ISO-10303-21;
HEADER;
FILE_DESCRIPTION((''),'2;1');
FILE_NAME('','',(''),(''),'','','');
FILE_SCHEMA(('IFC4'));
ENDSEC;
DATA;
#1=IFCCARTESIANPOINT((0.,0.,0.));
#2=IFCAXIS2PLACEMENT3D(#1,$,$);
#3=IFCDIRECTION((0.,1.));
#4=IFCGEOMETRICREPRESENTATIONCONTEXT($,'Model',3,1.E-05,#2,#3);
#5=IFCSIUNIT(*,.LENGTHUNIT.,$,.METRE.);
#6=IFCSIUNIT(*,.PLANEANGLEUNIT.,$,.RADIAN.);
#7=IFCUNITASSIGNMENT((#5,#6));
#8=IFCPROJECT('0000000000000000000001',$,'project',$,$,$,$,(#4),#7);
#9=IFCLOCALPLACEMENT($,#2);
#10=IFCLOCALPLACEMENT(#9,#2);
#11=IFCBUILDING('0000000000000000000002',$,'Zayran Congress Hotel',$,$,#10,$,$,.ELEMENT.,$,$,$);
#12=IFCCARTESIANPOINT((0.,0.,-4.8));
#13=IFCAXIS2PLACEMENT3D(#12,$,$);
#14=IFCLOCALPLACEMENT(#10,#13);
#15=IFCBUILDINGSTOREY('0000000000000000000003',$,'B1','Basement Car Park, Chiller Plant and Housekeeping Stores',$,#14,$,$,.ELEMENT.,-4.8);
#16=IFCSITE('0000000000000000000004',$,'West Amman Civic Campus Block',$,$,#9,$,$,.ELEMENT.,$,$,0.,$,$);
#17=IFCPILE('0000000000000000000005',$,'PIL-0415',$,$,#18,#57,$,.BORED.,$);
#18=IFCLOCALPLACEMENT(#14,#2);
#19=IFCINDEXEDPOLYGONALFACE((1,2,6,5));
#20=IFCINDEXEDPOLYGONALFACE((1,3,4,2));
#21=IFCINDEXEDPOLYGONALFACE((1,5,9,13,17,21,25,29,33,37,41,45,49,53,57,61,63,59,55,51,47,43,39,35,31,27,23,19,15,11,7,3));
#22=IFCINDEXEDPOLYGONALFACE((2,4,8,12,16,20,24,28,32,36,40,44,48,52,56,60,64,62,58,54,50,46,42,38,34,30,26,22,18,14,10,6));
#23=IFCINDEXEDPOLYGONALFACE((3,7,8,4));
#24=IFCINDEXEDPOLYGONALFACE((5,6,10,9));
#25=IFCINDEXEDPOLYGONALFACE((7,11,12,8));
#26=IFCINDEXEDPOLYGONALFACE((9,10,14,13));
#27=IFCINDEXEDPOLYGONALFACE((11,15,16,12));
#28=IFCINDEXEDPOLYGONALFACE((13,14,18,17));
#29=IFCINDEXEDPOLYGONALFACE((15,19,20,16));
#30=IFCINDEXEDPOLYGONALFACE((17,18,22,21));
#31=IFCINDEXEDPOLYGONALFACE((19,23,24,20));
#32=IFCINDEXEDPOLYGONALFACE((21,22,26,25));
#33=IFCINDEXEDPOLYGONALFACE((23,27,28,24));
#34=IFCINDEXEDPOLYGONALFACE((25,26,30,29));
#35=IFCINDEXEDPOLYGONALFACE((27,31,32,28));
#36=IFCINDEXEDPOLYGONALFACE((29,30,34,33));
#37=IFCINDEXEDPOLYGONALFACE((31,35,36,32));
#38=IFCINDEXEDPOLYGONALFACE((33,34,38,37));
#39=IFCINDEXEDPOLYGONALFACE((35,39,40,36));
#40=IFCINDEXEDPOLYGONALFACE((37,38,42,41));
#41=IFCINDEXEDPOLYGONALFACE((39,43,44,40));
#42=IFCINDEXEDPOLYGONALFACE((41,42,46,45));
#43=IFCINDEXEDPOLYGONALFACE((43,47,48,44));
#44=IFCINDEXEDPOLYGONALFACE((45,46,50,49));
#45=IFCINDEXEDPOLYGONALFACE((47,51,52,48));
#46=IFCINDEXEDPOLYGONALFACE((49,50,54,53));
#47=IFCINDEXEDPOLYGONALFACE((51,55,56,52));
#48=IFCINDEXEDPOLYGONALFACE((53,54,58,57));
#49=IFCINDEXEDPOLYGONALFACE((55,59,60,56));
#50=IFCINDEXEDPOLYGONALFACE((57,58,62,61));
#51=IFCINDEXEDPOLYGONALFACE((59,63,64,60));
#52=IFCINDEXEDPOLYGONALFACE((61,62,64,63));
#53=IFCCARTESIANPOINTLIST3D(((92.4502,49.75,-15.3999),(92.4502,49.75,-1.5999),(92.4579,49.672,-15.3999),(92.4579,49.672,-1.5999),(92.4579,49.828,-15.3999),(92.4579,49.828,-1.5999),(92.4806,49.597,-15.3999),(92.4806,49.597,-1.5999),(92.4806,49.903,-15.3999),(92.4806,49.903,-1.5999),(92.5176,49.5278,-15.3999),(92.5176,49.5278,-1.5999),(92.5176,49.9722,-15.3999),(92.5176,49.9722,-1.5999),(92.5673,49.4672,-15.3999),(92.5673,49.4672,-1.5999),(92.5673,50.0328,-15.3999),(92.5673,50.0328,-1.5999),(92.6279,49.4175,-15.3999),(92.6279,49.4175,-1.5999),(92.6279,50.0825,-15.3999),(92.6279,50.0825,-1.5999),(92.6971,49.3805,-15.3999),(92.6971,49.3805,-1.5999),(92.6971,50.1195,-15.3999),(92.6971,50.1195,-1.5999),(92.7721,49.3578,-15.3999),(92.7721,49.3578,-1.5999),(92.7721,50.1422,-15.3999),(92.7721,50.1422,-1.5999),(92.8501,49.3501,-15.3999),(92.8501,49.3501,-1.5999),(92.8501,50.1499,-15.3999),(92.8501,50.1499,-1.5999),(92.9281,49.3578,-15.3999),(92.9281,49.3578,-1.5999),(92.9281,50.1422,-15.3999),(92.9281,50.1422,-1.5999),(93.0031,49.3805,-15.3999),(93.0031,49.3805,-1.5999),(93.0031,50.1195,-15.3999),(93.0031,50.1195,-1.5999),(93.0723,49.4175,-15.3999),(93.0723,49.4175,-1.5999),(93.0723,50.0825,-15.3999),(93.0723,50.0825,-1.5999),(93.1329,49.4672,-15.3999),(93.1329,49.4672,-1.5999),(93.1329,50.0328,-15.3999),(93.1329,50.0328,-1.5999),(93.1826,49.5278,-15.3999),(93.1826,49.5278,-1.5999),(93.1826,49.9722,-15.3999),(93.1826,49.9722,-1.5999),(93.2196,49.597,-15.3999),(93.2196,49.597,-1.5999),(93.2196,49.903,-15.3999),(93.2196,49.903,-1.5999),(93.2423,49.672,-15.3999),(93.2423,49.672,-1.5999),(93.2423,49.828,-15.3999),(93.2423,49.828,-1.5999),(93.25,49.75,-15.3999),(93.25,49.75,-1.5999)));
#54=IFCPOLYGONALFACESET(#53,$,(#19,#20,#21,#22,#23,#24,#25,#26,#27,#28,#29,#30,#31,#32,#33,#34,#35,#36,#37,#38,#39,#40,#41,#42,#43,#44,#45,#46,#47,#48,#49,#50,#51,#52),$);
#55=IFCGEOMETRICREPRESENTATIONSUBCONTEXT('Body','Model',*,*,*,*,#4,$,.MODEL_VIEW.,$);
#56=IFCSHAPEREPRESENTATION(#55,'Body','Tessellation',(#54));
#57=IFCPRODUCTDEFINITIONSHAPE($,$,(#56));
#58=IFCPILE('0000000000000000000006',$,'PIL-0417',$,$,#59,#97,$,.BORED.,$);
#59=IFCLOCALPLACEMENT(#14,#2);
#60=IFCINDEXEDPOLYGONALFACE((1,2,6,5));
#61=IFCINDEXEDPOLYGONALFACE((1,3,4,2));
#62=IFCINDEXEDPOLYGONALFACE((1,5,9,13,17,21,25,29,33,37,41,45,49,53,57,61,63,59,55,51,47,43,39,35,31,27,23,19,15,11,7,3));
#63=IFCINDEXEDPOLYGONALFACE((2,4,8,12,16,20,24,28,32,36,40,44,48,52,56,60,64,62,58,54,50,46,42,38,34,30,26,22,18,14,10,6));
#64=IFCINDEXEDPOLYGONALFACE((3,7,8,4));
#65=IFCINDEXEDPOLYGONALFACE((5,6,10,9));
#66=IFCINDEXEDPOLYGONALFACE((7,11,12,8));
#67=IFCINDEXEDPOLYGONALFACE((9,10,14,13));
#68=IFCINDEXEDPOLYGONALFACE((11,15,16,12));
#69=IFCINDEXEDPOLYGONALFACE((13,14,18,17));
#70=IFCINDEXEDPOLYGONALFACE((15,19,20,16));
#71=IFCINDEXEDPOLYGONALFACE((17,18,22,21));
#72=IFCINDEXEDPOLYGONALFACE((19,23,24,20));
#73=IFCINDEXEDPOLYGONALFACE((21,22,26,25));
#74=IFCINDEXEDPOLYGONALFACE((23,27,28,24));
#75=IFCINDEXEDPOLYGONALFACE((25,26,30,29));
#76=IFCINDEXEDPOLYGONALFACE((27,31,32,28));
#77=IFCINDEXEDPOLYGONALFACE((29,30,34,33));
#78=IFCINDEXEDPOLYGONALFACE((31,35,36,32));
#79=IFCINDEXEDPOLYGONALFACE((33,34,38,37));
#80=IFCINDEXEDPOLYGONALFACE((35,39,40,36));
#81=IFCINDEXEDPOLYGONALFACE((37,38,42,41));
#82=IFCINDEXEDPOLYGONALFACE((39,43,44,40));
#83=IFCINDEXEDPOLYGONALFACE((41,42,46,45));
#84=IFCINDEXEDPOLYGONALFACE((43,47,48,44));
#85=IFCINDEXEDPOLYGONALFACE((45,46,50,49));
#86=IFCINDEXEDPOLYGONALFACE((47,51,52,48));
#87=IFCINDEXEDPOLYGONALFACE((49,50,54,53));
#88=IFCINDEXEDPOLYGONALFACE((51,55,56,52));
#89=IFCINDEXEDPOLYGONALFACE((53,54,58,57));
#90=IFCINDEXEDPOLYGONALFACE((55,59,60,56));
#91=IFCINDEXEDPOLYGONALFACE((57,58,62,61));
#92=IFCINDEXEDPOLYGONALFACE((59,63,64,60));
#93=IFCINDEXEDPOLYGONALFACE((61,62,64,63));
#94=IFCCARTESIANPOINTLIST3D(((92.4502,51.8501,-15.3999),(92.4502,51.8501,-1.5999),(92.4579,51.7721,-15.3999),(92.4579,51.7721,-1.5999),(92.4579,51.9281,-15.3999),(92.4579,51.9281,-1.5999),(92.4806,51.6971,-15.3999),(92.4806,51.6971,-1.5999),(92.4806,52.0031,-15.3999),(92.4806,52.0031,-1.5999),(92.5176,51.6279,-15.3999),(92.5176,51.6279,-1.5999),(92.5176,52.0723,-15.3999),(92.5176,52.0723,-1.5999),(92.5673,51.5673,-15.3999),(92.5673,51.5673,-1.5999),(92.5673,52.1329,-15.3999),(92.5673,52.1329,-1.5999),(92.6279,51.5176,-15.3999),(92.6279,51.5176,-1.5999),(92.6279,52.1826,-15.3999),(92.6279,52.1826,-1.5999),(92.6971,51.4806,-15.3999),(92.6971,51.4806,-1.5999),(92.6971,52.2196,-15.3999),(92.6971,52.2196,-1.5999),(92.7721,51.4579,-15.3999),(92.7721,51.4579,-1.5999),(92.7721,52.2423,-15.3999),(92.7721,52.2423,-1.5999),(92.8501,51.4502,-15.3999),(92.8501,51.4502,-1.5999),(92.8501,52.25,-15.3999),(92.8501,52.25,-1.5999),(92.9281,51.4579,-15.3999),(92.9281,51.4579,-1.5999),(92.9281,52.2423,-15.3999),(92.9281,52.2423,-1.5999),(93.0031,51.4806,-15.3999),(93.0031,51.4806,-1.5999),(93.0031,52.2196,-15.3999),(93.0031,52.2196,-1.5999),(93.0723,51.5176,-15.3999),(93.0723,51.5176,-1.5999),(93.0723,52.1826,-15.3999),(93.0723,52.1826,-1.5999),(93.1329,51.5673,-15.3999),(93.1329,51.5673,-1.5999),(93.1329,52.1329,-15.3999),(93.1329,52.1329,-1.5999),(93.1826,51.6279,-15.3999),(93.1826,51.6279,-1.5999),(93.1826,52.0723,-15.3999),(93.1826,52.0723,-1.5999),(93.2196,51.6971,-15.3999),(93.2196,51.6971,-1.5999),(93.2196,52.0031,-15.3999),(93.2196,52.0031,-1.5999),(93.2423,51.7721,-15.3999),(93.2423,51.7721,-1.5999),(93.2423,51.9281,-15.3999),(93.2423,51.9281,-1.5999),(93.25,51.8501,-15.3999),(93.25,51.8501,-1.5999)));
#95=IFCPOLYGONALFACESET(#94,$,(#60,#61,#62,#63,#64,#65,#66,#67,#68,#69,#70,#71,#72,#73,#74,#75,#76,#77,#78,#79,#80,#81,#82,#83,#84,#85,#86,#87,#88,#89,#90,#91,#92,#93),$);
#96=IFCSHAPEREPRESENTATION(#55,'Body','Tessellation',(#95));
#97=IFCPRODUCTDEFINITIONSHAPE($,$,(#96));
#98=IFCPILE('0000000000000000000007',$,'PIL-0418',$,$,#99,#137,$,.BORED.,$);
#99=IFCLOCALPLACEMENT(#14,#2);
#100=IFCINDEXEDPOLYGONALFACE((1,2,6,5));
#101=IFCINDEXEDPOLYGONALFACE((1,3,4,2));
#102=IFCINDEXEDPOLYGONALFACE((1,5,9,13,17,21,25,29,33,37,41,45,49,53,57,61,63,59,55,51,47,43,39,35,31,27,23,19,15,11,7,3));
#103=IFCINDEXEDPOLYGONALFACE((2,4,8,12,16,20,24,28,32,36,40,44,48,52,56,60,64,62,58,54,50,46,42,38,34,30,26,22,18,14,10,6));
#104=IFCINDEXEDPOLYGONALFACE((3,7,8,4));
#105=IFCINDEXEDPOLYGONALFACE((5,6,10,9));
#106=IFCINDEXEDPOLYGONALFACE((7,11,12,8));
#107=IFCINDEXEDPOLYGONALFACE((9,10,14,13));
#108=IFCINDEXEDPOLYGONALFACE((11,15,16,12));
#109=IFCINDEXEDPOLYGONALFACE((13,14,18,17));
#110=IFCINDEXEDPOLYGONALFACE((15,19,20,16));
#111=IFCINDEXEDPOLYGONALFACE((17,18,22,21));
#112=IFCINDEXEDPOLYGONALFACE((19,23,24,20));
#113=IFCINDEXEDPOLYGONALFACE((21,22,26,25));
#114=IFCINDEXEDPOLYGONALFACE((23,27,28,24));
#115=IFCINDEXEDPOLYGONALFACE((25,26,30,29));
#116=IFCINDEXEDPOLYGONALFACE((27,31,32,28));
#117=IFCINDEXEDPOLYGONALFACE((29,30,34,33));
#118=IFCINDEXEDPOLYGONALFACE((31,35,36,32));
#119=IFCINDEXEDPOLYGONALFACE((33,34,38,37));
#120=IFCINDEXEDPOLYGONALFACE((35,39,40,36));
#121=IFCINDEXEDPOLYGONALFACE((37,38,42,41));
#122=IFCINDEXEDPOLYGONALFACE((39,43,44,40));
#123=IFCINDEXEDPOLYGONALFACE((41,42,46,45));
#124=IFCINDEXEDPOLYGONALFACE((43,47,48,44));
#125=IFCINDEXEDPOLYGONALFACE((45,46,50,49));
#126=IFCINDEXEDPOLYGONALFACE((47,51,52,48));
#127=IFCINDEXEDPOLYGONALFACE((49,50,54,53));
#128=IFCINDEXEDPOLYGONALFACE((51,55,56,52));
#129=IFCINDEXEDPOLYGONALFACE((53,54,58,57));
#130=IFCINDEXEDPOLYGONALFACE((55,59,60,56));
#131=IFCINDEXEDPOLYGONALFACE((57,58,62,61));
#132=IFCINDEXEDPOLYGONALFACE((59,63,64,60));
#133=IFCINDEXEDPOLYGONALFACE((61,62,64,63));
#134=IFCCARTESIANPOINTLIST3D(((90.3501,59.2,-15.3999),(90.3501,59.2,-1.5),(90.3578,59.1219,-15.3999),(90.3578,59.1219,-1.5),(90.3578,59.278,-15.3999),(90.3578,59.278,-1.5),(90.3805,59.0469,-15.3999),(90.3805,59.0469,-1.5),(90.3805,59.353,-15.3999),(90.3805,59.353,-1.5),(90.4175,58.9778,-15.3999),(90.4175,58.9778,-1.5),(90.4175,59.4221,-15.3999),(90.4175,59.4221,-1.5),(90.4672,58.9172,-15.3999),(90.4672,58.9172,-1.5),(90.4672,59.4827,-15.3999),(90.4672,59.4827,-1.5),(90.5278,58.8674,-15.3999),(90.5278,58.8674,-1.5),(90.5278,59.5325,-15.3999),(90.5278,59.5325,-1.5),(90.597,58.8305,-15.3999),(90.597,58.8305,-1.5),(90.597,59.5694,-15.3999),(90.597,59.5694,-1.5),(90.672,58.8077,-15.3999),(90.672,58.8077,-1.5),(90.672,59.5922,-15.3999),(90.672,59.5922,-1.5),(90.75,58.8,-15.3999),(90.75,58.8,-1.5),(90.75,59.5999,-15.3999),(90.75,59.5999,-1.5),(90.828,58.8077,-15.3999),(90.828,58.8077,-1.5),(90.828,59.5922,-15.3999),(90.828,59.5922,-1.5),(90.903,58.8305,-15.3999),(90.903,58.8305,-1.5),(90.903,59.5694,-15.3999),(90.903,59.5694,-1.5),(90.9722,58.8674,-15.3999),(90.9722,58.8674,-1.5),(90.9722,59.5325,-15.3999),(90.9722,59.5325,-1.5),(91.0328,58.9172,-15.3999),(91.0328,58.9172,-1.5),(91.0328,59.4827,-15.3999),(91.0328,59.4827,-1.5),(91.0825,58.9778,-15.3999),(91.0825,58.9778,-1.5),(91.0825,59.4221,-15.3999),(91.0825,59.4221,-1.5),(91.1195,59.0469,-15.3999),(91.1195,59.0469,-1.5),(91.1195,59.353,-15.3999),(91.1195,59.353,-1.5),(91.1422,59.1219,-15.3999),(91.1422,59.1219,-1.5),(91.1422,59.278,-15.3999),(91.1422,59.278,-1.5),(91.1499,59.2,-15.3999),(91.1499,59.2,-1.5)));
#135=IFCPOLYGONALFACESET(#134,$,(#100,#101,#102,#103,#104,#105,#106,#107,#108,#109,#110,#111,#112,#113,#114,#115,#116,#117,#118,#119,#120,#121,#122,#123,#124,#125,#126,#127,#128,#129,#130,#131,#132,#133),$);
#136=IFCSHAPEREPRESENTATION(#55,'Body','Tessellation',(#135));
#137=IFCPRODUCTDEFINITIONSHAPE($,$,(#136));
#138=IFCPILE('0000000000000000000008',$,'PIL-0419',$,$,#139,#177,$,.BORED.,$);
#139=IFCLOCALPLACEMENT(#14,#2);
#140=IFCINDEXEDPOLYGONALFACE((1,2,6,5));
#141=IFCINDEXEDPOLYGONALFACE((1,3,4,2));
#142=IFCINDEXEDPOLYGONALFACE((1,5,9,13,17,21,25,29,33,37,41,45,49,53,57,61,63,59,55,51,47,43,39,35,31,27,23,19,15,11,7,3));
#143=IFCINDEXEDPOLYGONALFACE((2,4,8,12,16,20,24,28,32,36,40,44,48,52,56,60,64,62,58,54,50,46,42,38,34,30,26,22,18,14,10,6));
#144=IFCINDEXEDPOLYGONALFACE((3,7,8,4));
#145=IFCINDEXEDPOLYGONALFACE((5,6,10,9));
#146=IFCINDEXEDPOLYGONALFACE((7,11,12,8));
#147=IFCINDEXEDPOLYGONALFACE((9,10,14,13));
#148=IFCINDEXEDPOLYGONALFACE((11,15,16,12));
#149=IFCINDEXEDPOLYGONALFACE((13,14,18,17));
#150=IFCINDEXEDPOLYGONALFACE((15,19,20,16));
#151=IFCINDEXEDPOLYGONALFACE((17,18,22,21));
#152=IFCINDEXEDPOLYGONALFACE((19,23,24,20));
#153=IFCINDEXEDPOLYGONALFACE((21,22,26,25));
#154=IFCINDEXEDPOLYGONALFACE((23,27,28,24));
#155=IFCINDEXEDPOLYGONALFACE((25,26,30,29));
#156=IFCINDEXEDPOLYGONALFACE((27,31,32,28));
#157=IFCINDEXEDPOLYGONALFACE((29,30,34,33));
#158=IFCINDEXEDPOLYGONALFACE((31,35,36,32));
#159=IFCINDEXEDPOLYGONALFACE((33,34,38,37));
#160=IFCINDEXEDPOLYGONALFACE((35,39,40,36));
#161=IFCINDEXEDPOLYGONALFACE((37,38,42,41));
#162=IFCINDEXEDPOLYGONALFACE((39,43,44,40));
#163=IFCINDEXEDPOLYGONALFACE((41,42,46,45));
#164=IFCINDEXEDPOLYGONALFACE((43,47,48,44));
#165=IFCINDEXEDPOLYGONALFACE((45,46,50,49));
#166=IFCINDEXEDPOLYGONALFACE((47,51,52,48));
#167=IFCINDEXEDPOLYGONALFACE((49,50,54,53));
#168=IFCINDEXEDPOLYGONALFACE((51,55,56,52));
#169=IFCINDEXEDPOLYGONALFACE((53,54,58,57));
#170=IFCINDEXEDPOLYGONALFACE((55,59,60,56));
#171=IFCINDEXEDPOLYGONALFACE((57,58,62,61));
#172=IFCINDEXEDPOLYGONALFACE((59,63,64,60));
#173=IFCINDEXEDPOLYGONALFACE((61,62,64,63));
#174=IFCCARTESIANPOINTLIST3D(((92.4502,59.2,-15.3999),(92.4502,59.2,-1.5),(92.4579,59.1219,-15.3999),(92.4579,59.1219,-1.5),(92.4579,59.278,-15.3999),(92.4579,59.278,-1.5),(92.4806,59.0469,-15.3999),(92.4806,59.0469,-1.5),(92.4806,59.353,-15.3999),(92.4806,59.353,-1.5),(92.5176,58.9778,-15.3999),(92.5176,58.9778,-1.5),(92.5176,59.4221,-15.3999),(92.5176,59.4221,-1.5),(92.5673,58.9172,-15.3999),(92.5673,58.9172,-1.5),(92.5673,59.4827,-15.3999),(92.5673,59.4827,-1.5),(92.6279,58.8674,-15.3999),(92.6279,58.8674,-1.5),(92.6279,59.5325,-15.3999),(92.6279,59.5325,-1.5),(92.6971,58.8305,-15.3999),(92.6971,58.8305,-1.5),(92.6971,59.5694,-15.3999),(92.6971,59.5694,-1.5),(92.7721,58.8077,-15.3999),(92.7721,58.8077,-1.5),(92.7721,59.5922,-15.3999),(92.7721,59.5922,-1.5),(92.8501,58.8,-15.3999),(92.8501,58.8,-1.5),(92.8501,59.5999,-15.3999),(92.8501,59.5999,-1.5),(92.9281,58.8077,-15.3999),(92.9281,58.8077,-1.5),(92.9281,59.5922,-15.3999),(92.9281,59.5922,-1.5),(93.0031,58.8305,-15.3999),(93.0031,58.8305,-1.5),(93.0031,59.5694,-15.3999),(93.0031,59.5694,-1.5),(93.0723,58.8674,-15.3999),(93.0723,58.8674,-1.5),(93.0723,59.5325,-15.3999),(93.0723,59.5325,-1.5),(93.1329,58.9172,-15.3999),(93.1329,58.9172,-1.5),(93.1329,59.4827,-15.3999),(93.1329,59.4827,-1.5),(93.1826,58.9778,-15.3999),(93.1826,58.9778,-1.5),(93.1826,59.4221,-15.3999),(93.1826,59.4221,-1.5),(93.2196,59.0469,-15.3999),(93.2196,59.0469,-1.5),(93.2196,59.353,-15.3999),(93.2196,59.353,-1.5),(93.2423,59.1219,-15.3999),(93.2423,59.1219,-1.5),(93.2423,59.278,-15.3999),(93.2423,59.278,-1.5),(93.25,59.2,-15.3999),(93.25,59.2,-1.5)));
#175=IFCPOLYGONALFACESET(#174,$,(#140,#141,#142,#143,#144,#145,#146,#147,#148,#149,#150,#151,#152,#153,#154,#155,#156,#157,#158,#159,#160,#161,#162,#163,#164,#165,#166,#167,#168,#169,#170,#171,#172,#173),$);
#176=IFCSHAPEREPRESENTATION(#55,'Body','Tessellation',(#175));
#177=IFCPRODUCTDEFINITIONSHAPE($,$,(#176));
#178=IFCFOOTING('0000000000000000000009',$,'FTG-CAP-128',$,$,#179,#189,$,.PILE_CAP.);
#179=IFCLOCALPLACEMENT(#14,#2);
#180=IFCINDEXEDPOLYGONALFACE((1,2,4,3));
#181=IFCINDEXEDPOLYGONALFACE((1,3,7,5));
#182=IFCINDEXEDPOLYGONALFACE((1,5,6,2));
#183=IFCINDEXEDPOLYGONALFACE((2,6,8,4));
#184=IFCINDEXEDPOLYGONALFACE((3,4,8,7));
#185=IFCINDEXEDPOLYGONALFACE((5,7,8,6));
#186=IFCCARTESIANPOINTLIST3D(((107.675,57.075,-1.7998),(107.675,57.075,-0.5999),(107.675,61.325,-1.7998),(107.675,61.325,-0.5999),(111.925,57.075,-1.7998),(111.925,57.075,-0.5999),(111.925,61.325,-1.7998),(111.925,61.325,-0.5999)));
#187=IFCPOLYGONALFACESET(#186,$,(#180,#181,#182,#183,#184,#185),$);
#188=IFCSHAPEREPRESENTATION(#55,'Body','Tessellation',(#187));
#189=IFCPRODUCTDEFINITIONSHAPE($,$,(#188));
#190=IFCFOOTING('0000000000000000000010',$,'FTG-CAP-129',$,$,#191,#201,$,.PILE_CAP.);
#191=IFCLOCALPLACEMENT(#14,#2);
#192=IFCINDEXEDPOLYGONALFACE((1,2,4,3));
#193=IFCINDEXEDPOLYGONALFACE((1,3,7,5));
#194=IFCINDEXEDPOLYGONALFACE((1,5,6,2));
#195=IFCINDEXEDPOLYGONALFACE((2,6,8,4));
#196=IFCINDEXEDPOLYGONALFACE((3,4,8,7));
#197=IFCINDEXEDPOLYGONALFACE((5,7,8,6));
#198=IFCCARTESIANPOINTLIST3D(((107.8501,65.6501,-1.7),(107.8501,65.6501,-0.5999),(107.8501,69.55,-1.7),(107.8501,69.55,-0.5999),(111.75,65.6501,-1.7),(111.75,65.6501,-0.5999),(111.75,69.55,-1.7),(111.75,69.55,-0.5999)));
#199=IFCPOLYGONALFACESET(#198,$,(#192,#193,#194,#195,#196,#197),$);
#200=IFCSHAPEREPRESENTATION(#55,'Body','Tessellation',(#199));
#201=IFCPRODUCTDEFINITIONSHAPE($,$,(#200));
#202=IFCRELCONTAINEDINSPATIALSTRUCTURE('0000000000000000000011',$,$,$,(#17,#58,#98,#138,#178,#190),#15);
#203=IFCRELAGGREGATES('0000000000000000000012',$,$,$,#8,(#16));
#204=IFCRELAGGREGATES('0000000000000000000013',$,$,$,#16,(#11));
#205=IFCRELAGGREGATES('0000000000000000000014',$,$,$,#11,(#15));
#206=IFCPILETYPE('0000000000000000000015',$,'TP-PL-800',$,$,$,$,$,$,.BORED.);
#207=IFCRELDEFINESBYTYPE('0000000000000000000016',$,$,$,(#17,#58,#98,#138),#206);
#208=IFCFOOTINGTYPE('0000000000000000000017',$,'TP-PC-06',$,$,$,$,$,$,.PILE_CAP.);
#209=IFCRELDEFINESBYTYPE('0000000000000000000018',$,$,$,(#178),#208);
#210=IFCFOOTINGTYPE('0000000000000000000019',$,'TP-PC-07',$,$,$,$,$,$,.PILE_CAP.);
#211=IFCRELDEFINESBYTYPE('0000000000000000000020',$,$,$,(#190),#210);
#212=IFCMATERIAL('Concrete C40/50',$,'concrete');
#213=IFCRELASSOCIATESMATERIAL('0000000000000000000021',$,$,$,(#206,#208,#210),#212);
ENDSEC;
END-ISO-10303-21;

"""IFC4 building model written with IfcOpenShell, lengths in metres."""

from ifc_helpers import new_model, si_unit, direction, frame, origin, origin_2d, place, context, subcontext, project, spatial, rectangle, circle, extrude, material, material_profile, profile_set, type_object, element, save


model = new_model("IFC4")

# Units and contexts
model_context = context("Model", 3, precision=1e-05, world=origin(), true_north=direction((0.0, 1.0)))
body_context = subcontext(model_context, "Body", "Model", "MODEL_VIEW")
ifc_project = project(units=[si_unit("LENGTHUNIT", "METRE"), si_unit("PLANEANGLEUNIT", "RADIAN")], contexts=[model_context])

# Site, building, storey
site_placement = place(None, origin())
site = spatial("IfcSite", under=ifc_project, at=site_placement, Name="West Amman Civic Campus Block", CompositionType="ELEMENT", RefElevation=0.0)
building_placement = place(site_placement, origin())
building = spatial("IfcBuilding", under=site, at=building_placement, Name="Zayran Congress Hotel", CompositionType="ELEMENT")
storey_placement = place(building_placement, frame((0.0, 0.0, -4.8)))
storey = spatial("IfcBuildingStorey", under=building, at=storey_placement, Name="B1", Description="Basement Car Park, Chiller Plant and Housekeeping Stores", CompositionType="ELEMENT", Elevation=-4.8)

# Piles
ifc_material_1 = material(Name="Concrete C40/50", Category="concrete")
ifc_material_profile_1 = material_profile(ifc_material_1, circle(Radius=0.3999, at=origin_2d()), Name="PILE D800")
ifc_profile_set_1 = profile_set([ifc_material_profile_1], Name="Concrete C40/50")
pile_type_1 = type_object("IfcPileType", Name="TP-PL-800", PredefinedType="BORED", material=ifc_profile_set_1)
for number, where, z_axis, x_axis, name in (
    (1, (92.8501, 49.75, -1.5999), (0.0, 0.0, -1.0), (1.0, 0.0, 0.0), "PIL-0415"),
    (2, (92.8501, 51.8501, -1.5999), (0.0, 0.0, -1.0), (1.0, 0.0, 0.0), "PIL-0417"),
):
    element("IfcPile", number, at=place(storey_placement, frame(where, z_axis=z_axis, x_axis=x_axis)), inside=storey, type_object=pile_type_1, Name=name, PredefinedType="BORED", context=body_context, shape_type="SweptSolid", body=[
        extrude(circle(Radius=0.3999, at=origin_2d()), origin(), (0.0, 0.0, 1.0), 13.8),
    ])
for number, where, z_axis, x_axis, name in (
    (3, (90.75, 59.2, -1.5), (0.0, 0.0, -1.0), (1.0, 0.0, 0.0), "PIL-0418"),
    (4, (92.8501, 59.2, -1.5), (0.0, 0.0, -1.0), (1.0, 0.0, 0.0), "PIL-0419"),
):
    element("IfcPile", number, at=place(storey_placement, frame(where, z_axis=z_axis, x_axis=x_axis)), inside=storey, type_object=pile_type_1, Name=name, PredefinedType="BORED", context=body_context, shape_type="SweptSolid", body=[
        extrude(circle(Radius=0.3999, at=origin_2d()), origin(), (0.0, 0.0, 1.0), 13.8999),
    ])

# Footings
footing_type_1 = type_object("IfcFootingType", Name="TP-PC-06", PredefinedType="PILE_CAP", material=ifc_material_1)
footing_1_placement = place(storey_placement, frame((109.8, 59.2, -1.7998), z_axis=(0.0, 0.0, 1.0), x_axis=(1.0, 0.0, 0.0)))
element("IfcFooting", 5, at=footing_1_placement, inside=storey, type_object=footing_type_1, Name="FTG-CAP-128", PredefinedType="PILE_CAP", context=body_context, shape_type="SweptSolid", body=[
    extrude(rectangle(XDim=4.25, YDim=4.25, at=origin_2d()), origin(), (0.0, 0.0, 1.0), 1.2),
])
footing_type_2 = type_object("IfcFootingType", Name="TP-PC-07", PredefinedType="PILE_CAP", material=ifc_material_1)
footing_2_placement = place(storey_placement, frame((109.8, 67.6001, -1.7), z_axis=(0.0, 0.0, 1.0), x_axis=(1.0, 0.0, 0.0)))
element("IfcFooting", 6, at=footing_2_placement, inside=storey, type_object=footing_type_2, Name="FTG-CAP-129", PredefinedType="PILE_CAP", context=body_context, shape_type="SweptSolid", body=[
    extrude(rectangle(XDim=3.8999, YDim=3.8999, at=origin_2d()), origin(), (0.0, 0.0, 1.0), 1.1001),
])

save(model, "model.ifc")
